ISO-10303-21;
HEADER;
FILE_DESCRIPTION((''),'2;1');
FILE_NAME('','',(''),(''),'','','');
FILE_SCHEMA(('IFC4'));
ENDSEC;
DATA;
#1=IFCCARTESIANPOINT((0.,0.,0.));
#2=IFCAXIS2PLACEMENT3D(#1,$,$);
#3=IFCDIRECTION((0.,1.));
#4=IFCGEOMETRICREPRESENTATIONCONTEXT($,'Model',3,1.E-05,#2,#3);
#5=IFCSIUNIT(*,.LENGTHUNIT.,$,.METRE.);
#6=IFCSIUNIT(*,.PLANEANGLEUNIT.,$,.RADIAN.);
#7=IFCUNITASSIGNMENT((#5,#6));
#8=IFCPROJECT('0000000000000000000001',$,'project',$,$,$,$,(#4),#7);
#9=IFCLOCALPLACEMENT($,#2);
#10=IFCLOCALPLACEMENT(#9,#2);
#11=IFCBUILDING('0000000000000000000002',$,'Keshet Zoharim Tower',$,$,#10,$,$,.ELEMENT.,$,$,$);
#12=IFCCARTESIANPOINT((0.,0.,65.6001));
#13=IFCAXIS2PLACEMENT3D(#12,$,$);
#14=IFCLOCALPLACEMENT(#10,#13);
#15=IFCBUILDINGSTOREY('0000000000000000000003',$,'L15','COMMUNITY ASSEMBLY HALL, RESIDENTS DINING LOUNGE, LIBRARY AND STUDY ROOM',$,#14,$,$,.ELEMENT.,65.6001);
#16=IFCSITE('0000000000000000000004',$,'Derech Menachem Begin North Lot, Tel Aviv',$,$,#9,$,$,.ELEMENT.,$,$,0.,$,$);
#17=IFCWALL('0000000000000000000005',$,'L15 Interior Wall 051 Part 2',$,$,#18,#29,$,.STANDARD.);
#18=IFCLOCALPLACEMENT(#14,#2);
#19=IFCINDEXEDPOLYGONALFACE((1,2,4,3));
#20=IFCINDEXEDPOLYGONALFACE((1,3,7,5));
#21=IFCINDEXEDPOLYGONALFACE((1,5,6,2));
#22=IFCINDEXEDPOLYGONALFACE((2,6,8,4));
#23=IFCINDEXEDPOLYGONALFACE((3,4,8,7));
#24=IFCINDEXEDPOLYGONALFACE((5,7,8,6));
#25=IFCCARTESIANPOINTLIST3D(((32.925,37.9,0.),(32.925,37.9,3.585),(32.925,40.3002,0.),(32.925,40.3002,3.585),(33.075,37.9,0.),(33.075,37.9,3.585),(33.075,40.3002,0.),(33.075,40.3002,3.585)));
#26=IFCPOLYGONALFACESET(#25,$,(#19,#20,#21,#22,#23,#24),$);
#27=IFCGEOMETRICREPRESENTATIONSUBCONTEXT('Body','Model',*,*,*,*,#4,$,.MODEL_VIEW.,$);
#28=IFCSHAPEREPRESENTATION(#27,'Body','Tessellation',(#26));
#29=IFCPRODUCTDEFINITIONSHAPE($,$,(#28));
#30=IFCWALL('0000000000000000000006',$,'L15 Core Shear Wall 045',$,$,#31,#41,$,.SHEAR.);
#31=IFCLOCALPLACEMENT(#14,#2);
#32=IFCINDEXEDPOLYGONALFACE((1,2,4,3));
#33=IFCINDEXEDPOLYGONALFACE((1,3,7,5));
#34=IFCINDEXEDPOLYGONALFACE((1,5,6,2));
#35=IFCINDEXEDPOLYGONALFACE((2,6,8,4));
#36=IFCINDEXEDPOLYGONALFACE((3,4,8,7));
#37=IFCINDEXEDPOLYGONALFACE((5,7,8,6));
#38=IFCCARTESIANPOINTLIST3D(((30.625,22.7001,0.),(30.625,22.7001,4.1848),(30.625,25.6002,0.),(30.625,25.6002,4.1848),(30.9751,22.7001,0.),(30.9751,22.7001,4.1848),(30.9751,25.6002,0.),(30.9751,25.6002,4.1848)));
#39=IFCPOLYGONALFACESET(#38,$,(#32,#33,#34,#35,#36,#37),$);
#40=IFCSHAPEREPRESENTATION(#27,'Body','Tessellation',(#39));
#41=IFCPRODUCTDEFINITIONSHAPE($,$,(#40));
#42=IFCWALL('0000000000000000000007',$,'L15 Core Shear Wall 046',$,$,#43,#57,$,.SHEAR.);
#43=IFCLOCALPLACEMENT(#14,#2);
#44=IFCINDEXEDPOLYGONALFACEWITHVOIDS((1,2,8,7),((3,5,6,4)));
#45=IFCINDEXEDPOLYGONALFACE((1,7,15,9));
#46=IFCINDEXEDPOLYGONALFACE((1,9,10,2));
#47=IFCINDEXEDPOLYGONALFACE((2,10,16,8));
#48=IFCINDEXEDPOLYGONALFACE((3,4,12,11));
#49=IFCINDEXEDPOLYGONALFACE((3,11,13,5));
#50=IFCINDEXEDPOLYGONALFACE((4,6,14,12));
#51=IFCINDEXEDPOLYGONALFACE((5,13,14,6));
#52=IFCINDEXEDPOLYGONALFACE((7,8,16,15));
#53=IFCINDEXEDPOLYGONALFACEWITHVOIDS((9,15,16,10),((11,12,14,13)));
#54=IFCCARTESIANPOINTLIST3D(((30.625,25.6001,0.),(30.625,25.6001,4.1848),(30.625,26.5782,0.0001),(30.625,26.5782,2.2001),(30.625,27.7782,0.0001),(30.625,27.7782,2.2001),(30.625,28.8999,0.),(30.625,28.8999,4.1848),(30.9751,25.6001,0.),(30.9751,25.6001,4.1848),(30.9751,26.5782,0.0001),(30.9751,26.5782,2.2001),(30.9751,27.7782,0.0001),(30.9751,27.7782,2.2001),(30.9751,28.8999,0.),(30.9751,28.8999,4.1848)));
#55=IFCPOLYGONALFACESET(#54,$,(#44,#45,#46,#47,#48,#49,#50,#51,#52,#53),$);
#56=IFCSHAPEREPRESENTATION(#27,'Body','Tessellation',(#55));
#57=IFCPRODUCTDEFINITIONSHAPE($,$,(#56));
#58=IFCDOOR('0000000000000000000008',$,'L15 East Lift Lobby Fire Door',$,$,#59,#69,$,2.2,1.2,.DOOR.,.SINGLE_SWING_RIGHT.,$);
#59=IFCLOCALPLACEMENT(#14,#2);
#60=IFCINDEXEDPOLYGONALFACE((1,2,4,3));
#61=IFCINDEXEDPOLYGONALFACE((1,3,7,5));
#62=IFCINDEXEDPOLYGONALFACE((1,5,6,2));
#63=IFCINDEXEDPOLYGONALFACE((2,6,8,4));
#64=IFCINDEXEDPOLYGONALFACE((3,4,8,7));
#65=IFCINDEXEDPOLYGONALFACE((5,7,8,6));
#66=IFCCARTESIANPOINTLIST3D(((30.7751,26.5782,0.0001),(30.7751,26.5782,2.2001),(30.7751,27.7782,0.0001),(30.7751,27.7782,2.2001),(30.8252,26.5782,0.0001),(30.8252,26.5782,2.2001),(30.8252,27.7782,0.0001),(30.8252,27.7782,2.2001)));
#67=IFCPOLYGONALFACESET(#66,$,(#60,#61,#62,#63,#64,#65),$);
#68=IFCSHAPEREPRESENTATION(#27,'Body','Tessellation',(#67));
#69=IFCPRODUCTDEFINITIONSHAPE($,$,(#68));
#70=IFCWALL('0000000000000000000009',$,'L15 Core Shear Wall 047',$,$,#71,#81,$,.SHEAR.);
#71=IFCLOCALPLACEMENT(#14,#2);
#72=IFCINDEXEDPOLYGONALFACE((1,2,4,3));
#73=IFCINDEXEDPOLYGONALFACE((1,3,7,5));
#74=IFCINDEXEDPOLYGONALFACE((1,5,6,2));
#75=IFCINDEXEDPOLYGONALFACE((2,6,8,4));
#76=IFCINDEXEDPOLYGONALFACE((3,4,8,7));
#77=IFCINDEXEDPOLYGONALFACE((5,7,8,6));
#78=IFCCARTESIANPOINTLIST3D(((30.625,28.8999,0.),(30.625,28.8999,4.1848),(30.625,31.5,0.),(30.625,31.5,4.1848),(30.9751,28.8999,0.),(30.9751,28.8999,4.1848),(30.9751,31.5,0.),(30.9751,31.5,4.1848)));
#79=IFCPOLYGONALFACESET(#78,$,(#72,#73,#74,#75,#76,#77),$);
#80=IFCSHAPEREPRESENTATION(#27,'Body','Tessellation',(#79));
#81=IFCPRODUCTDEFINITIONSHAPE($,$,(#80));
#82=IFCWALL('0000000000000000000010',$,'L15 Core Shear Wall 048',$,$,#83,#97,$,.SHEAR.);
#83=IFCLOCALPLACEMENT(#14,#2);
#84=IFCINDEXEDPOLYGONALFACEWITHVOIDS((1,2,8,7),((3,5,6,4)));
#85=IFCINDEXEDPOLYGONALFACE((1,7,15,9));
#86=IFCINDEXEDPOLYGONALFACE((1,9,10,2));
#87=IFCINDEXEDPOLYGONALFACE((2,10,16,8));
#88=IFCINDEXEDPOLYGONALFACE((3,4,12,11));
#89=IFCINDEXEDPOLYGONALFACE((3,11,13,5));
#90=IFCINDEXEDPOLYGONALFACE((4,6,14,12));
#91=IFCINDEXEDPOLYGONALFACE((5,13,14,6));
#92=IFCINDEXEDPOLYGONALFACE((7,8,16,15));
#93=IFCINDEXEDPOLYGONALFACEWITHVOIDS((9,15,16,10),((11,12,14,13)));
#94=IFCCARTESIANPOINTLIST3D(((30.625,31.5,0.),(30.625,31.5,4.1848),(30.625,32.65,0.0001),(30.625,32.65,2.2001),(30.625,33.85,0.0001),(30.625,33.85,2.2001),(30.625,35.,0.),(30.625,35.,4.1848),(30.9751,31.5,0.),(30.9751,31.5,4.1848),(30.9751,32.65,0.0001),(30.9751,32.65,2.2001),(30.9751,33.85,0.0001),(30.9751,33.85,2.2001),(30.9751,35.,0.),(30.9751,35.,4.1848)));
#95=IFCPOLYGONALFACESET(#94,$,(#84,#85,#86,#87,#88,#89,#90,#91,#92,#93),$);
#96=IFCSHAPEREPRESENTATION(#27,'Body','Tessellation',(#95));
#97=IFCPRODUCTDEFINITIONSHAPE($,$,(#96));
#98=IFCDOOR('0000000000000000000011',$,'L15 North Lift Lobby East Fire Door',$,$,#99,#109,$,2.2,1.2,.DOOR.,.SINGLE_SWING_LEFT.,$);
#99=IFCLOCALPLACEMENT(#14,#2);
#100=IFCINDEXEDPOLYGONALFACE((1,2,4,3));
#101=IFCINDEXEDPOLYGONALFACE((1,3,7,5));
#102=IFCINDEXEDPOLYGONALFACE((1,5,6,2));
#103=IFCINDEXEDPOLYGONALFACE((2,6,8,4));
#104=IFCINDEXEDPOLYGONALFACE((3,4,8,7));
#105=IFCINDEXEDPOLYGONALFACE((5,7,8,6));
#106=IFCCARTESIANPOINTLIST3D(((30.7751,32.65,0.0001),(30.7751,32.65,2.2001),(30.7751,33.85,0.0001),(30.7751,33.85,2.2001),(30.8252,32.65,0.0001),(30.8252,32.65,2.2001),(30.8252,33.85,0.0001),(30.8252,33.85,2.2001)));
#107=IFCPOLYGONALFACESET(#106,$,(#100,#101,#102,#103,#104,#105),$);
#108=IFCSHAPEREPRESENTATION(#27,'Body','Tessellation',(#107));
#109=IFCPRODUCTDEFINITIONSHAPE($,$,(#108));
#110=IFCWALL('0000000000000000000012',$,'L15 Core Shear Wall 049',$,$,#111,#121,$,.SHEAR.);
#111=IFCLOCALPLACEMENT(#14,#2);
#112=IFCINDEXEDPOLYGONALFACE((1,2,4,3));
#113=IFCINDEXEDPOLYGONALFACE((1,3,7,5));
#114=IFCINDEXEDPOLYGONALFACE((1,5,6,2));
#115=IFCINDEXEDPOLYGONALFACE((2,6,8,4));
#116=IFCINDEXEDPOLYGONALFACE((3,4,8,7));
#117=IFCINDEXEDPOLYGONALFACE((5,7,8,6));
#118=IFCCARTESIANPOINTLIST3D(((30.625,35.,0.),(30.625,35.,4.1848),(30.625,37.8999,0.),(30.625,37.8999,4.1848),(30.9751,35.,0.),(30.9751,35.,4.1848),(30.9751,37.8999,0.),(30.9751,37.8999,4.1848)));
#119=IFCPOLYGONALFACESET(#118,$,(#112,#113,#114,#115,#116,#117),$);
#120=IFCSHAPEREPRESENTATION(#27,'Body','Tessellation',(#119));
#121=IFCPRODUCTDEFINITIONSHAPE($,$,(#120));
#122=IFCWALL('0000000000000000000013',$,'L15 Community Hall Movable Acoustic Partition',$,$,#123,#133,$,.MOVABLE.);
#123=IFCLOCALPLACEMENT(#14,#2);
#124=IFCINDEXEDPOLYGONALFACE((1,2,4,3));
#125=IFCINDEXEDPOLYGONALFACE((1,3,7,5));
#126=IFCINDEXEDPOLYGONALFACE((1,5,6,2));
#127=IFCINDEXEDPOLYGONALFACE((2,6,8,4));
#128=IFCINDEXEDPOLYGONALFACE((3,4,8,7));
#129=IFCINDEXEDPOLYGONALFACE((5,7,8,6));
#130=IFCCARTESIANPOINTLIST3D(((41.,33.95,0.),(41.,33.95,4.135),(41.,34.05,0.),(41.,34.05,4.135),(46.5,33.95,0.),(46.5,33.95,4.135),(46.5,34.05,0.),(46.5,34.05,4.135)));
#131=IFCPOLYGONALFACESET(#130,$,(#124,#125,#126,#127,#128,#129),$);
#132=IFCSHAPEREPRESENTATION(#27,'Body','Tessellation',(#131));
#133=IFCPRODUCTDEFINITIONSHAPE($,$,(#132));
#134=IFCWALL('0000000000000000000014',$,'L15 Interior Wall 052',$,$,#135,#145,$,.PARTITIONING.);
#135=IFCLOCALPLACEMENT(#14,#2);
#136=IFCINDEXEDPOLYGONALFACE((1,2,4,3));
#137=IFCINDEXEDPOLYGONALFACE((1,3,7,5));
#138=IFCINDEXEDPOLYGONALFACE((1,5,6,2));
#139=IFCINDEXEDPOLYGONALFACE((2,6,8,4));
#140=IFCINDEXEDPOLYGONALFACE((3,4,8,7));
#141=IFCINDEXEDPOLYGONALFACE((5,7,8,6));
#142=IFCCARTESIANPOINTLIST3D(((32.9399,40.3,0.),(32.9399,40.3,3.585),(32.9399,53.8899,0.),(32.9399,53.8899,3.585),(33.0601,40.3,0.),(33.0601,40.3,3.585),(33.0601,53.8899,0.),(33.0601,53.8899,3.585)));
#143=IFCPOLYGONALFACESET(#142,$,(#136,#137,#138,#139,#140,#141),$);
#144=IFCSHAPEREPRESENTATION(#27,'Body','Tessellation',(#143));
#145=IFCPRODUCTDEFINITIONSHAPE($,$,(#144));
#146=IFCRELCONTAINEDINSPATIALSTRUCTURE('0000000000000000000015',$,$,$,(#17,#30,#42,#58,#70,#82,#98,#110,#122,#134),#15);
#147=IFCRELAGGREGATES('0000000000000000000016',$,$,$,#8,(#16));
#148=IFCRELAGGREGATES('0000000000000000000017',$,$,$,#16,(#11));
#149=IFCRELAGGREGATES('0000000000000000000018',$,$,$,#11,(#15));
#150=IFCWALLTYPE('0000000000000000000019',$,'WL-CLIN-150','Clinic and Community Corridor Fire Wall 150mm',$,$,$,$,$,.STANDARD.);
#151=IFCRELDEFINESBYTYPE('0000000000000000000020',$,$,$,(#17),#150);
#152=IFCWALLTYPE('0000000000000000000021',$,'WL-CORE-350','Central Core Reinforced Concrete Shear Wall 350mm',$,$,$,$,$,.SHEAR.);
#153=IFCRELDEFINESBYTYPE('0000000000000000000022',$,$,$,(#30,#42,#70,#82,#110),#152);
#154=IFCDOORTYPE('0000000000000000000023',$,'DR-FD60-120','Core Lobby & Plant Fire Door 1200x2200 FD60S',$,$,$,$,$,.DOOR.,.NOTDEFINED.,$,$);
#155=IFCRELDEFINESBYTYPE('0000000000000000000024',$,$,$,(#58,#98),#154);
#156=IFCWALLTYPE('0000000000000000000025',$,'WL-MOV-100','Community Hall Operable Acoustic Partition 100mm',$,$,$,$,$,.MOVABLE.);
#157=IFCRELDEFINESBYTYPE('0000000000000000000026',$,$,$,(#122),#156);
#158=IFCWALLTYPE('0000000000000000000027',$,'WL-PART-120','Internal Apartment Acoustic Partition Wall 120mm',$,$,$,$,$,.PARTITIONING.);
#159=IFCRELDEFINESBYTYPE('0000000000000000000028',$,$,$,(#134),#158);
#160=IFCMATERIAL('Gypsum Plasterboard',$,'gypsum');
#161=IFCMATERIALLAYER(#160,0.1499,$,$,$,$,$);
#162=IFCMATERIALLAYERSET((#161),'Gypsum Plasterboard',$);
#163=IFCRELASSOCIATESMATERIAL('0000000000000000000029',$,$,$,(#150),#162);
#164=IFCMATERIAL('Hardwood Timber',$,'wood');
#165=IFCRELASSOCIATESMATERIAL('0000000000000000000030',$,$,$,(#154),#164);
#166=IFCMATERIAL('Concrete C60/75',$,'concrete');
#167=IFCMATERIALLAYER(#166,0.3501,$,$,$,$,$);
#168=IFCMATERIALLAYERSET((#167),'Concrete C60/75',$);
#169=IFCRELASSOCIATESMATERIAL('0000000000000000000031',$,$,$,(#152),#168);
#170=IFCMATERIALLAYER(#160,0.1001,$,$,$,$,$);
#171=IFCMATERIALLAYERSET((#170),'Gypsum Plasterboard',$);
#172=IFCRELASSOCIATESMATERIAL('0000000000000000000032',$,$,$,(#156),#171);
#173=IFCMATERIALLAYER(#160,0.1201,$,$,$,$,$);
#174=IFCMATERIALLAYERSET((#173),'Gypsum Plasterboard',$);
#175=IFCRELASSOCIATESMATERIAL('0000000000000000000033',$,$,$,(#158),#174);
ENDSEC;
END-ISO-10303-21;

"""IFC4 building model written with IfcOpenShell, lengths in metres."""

from ifc_helpers import new_model, si_unit, direction, frame, frame_2d, origin, place, context, subcontext, project, spatial, rectangle, extrude, material, layer, layer_set, type_object, element, fill, save


model = new_model("IFC4")

# Units and contexts
model_context = context("Model", 3, precision=1e-05, world=origin(), true_north=direction((0.0, 1.0)))
body_context = subcontext(model_context, "Body", "Model", "MODEL_VIEW")
ifc_project = project(units=[si_unit("LENGTHUNIT", "METRE"), si_unit("PLANEANGLEUNIT", "RADIAN")], contexts=[model_context])

# Site, building, storey
site_placement = place(None, origin())
site = spatial("IfcSite", under=ifc_project, at=site_placement, Name="Derech Menachem Begin North Lot, Tel Aviv", CompositionType="ELEMENT", RefElevation=0.0)
building_placement = place(site_placement, origin())
building = spatial("IfcBuilding", under=site, at=building_placement, Name="Keshet Zoharim Tower", CompositionType="ELEMENT")
storey_placement = place(building_placement, frame((0.0, 0.0, 65.6001)))
storey = spatial("IfcBuildingStorey", under=building, at=storey_placement, Name="L15", Description="COMMUNITY ASSEMBLY HALL, RESIDENTS DINING LOUNGE, LIBRARY AND STUDY ROOM", CompositionType="ELEMENT", Elevation=65.6001)

# Shared definitions
ifc_material_1 = material(Name="Concrete C60/75", Category="concrete")

# Shared definitions
ifc_material_2 = material(Name="Gypsum Plasterboard", Category="gypsum")
ifc_layer_1 = layer(ifc_material_2, 0.1499)
ifc_layer_set_1 = layer_set([ifc_layer_1], Name="Gypsum Plasterboard")
wall_type_1 = type_object("IfcWallType", Name="WL-CLIN-150", Description="Clinic and Community Corridor Fire Wall 150mm", PredefinedType="STANDARD", material=ifc_layer_set_1)

# Shared definitions
ifc_material_3 = material(Name="Hardwood Timber", Category="wood")
door_type_1 = type_object("IfcDoorType", Name="DR-FD60-120", Description="Core Lobby & Plant Fire Door 1200x2200 FD60S", OperationType="NOTDEFINED", PredefinedType="DOOR", material=ifc_material_3)

# Walls
wall_1_placement = place(storey_placement, frame((33.0, 37.8999, 0.0), z_axis=(0.0, 0.0, 1.0), x_axis=(0.0, 1.0, 0.0)))
element("IfcWall", 1, at=wall_1_placement, inside=storey, type_object=wall_type_1, Name="L15 Interior Wall 051 Part 2", PredefinedType="STANDARD", context=body_context, shape_type="SweptSolid", body=[
    extrude(rectangle(XDim=2.4001, YDim=0.1499, at=frame_2d((1.2002, 0.0))), origin(), (0.0, 0.0, 1.0), 3.585),
])
ifc_layer_2 = layer(ifc_material_1, 0.3501)
ifc_layer_set_2 = layer_set([ifc_layer_2], Name="Concrete C60/75")
wall_type_2 = type_object("IfcWallType", Name="WL-CORE-350", Description="Central Core Reinforced Concrete Shear Wall 350mm", PredefinedType="SHEAR", material=ifc_layer_set_2)
wall_2_placement = place(storey_placement, frame((30.8, 22.7, 0.0), z_axis=(0.0, 0.0, 1.0), x_axis=(0.0, 1.0, 0.0)))
element("IfcWall", 2, at=wall_2_placement, inside=storey, type_object=wall_type_2, Name="L15 Core Shear Wall 045", PredefinedType="SHEAR", context=body_context, shape_type="SweptSolid", body=[
    extrude(rectangle(XDim=2.9001, YDim=0.3501, at=frame_2d((1.4502, 0.0))), origin(), (0.0, 0.0, 1.0), 4.1848),
])

# Wall, opening, door
wall_3_placement = place(storey_placement, frame((30.8, 25.6001, 0.0), z_axis=(0.0, 0.0, 1.0), x_axis=(0.0, 1.0, 0.0)))
wall_3 = element("IfcWall", 3, at=wall_3_placement, inside=storey, type_object=wall_type_2, Name="L15 Core Shear Wall 046", PredefinedType="SHEAR", context=body_context, shape_type="SweptSolid", body=[
    extrude(rectangle(XDim=3.2998, YDim=0.3501, at=frame_2d((1.6499, 0.0))), origin(), (0.0, 0.0, 1.0), 4.1848),
])
opening_1_placement = place(wall_3_placement, frame((0.978, 0.0, 0.0)))
opening_1 = element("IfcOpeningElement", 4, at=opening_1_placement, cuts=wall_3, PredefinedType="OPENING", context=body_context, shape_type="SweptSolid", body=[
    extrude(rectangle(XDim=1.2, YDim=2.2, at=frame_2d((0.6001, 1.1001))), frame((0.0, 0.1851, 0.0), z_axis=(0.0, -1.0, 0.0), x_axis=(1.0, 0.0, 0.0)), (0.0, 0.0, 1.0), 0.3701),
])
door_1_placement = place(opening_1_placement, origin())
door_1 = element("IfcDoor", 5, at=door_1_placement, inside=storey, type_object=door_type_1, Name="L15 East Lift Lobby Fire Door", OperationType="SINGLE_SWING_RIGHT", OverallHeight=2.2, OverallWidth=1.2, PredefinedType="DOOR", context=body_context, shape_type="SweptSolid", body=[
    extrude(rectangle(XDim=1.2, YDim=2.2, at=frame_2d((0.6001, 1.1001))), frame((0.0, 0.0249, 0.0), z_axis=(0.0, -1.0, 0.0), x_axis=(1.0, 0.0, 0.0)), (0.0, 0.0, 1.0), 0.05),
])
fill(opening_1, door_1)

# Wall
wall_4_placement = place(storey_placement, frame((30.8, 28.8999, 0.0), z_axis=(0.0, 0.0, 1.0), x_axis=(0.0, 1.0, 0.0)))
element("IfcWall", 6, at=wall_4_placement, inside=storey, type_object=wall_type_2, Name="L15 Core Shear Wall 047", PredefinedType="SHEAR", context=body_context, shape_type="SweptSolid", body=[
    extrude(rectangle(XDim=2.6001, YDim=0.3501, at=frame_2d((1.3, 0.0))), origin(), (0.0, 0.0, 1.0), 4.1848),
])

# Wall, opening, door
wall_5_placement = place(storey_placement, frame((30.8, 31.5, 0.0), z_axis=(0.0, 0.0, 1.0), x_axis=(0.0, 1.0, 0.0)))
wall_5 = element("IfcWall", 7, at=wall_5_placement, inside=storey, type_object=wall_type_2, Name="L15 Core Shear Wall 048", PredefinedType="SHEAR", context=body_context, shape_type="SweptSolid", body=[
    extrude(rectangle(XDim=3.5, YDim=0.3501, at=frame_2d((1.75, 0.0))), origin(), (0.0, 0.0, 1.0), 4.1848),
])
opening_2_placement = place(wall_5_placement, frame((1.1499, 0.0, 0.0)))
opening_2 = element("IfcOpeningElement", 8, at=opening_2_placement, cuts=wall_5, PredefinedType="OPENING", context=body_context, shape_type="SweptSolid", body=[
    extrude(rectangle(XDim=1.2, YDim=2.2, at=frame_2d((0.6001, 1.1001))), frame((0.0, 0.1851, 0.0), z_axis=(0.0, -1.0, 0.0), x_axis=(1.0, 0.0, 0.0)), (0.0, 0.0, 1.0), 0.3701),
])
door_2_placement = place(opening_2_placement, origin())
door_2 = element("IfcDoor", 9, at=door_2_placement, inside=storey, type_object=door_type_1, Name="L15 North Lift Lobby East Fire Door", OperationType="SINGLE_SWING_LEFT", OverallHeight=2.2, OverallWidth=1.2, PredefinedType="DOOR", context=body_context, shape_type="SweptSolid", body=[
    extrude(rectangle(XDim=1.2, YDim=2.2, at=frame_2d((0.6001, 1.1001))), frame((0.0, 0.0249, 0.0), z_axis=(0.0, -1.0, 0.0), x_axis=(1.0, 0.0, 0.0)), (0.0, 0.0, 1.0), 0.05),
])
fill(opening_2, door_2)

# Walls
wall_6_placement = place(storey_placement, frame((30.8, 35.0, 0.0), z_axis=(0.0, 0.0, 1.0), x_axis=(0.0, 1.0, 0.0)))
element("IfcWall", 10, at=wall_6_placement, inside=storey, type_object=wall_type_2, Name="L15 Core Shear Wall 049", PredefinedType="SHEAR", context=body_context, shape_type="SweptSolid", body=[
    extrude(rectangle(XDim=2.8999, YDim=0.3501, at=frame_2d((1.45, 0.0))), origin(), (0.0, 0.0, 1.0), 4.1848),
])
ifc_layer_3 = layer(ifc_material_2, 0.1001)
ifc_layer_set_3 = layer_set([ifc_layer_3], Name="Gypsum Plasterboard")
wall_type_3 = type_object("IfcWallType", Name="WL-MOV-100", Description="Community Hall Operable Acoustic Partition 100mm", PredefinedType="MOVABLE", material=ifc_layer_set_3)
wall_7_placement = place(storey_placement, frame((41.0, 34.0, 0.0), z_axis=(0.0, 0.0, 1.0), x_axis=(1.0, 0.0, 0.0)))
element("IfcWall", 11, at=wall_7_placement, inside=storey, type_object=wall_type_3, Name="L15 Community Hall Movable Acoustic Partition", PredefinedType="MOVABLE", context=body_context, shape_type="SweptSolid", body=[
    extrude(rectangle(XDim=5.5, YDim=0.1001, at=frame_2d((2.75, 0.0))), origin(), (0.0, 0.0, 1.0), 4.135),
])
ifc_layer_4 = layer(ifc_material_2, 0.1201)
ifc_layer_set_4 = layer_set([ifc_layer_4], Name="Gypsum Plasterboard")
wall_type_4 = type_object("IfcWallType", Name="WL-PART-120", Description="Internal Apartment Acoustic Partition Wall 120mm", PredefinedType="PARTITIONING", material=ifc_layer_set_4)
wall_8_placement = place(storey_placement, frame((33.0, 40.3, 0.0), z_axis=(0.0, 0.0, 1.0), x_axis=(0.0, 1.0, 0.0)))
element("IfcWall", 12, at=wall_8_placement, inside=storey, type_object=wall_type_4, Name="L15 Interior Wall 052", PredefinedType="PARTITIONING", context=body_context, shape_type="SweptSolid", body=[
    extrude(rectangle(XDim=13.5898, YDim=0.1201, at=frame_2d((6.7949, 0.0))), origin(), (0.0, 0.0, 1.0), 3.585),
])

save(model, "model.ifc")
